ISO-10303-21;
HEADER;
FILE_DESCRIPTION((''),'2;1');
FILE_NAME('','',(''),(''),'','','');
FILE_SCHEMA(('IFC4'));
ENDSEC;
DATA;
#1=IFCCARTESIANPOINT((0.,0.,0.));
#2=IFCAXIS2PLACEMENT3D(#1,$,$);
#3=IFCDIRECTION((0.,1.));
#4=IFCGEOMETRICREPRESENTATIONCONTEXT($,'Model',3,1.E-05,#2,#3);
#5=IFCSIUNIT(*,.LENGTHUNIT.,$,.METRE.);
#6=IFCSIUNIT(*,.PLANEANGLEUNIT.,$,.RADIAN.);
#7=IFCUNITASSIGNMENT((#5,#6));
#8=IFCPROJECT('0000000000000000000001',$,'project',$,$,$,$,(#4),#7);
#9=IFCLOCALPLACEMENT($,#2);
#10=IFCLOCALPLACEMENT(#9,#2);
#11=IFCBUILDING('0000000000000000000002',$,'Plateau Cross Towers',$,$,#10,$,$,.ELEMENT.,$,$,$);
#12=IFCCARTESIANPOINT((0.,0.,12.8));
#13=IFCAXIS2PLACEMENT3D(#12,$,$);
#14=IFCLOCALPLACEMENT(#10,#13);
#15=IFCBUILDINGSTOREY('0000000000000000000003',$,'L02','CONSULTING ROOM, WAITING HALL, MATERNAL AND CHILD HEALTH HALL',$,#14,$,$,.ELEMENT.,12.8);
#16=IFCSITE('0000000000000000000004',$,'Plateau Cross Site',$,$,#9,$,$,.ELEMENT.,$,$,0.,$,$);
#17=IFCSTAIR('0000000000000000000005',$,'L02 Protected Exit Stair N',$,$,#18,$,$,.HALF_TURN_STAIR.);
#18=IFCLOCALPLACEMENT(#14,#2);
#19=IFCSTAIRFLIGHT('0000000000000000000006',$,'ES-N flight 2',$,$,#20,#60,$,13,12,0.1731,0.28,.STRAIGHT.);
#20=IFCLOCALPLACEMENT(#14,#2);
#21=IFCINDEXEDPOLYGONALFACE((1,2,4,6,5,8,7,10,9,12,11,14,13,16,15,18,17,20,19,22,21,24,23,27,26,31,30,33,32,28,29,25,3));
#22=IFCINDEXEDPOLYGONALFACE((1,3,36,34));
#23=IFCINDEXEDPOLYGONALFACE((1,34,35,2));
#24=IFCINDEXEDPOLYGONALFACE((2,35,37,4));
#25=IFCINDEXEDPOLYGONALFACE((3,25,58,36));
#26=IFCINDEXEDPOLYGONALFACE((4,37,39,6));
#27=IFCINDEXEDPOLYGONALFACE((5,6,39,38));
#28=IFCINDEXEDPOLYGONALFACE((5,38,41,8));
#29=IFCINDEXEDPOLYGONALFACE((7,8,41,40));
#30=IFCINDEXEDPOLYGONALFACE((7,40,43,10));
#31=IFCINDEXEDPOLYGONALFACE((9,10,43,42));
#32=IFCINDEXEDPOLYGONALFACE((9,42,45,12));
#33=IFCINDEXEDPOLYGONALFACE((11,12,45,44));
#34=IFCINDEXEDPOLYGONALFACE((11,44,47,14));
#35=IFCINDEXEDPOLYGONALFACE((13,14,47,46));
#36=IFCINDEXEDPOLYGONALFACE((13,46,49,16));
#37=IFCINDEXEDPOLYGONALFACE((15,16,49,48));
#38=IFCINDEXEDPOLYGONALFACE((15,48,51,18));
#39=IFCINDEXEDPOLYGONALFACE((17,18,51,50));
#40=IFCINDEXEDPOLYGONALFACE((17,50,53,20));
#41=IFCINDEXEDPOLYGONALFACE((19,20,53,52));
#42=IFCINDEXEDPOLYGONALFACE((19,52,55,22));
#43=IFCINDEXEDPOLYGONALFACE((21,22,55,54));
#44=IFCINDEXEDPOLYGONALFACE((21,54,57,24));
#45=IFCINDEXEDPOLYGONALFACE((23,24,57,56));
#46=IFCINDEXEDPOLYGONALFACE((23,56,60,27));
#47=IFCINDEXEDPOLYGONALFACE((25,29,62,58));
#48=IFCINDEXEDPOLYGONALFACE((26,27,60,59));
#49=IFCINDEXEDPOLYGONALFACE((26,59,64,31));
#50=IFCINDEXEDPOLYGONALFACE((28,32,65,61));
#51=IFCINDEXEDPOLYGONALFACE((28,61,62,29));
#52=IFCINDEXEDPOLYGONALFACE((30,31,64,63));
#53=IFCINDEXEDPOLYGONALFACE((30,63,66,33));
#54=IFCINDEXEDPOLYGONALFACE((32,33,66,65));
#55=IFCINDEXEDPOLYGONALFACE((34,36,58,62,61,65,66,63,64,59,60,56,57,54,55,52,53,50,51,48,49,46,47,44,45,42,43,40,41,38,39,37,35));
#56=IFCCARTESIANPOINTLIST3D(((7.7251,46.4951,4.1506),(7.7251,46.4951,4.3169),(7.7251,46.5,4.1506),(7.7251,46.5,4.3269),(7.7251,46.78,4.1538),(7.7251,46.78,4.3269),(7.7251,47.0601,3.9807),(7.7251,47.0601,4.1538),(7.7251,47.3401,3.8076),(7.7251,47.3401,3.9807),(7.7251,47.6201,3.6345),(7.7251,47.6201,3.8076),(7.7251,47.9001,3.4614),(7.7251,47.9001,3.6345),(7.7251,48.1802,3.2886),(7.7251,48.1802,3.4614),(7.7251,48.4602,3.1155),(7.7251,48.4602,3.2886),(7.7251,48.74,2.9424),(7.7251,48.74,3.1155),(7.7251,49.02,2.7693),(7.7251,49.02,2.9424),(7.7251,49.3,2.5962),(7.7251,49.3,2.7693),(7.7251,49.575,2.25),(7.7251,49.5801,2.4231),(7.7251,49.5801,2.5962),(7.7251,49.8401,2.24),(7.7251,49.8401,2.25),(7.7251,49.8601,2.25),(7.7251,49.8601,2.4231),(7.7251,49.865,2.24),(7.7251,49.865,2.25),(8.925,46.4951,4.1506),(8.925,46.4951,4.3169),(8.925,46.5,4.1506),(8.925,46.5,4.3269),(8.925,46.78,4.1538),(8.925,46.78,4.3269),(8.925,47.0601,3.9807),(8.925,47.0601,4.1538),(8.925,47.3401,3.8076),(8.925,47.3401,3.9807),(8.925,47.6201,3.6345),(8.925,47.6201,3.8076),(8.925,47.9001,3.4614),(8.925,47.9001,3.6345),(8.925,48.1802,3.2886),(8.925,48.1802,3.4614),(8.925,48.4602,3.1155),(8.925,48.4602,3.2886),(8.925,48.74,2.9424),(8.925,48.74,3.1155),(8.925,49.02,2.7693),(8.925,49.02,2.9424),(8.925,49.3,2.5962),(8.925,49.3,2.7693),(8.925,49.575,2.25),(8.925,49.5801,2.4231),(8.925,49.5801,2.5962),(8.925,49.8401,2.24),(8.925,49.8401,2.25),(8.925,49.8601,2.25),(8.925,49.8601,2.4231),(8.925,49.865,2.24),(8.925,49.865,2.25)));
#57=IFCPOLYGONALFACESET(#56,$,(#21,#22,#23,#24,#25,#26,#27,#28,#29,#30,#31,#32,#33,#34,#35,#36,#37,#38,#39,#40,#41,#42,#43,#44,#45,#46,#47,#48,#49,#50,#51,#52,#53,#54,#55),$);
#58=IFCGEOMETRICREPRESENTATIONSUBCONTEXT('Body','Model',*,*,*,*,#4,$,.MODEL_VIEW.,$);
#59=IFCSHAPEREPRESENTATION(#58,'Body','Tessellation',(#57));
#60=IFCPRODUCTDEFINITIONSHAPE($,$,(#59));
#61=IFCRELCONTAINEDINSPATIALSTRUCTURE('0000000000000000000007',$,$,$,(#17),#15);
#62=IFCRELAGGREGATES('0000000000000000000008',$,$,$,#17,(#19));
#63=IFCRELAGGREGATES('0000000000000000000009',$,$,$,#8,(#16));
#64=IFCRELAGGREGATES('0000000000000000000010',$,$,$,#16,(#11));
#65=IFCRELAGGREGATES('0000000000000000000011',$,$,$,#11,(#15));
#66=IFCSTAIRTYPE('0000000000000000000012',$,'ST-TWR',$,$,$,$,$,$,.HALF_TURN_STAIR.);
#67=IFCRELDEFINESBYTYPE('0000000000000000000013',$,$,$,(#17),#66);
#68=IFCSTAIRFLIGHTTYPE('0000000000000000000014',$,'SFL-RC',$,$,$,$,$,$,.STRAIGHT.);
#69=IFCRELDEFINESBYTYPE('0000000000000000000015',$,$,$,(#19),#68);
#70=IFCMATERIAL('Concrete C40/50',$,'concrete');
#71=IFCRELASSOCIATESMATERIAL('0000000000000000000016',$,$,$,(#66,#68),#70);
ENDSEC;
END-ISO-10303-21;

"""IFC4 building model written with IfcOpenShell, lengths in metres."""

from ifc_helpers import new_model, si_unit, direction, frame, origin, place, context, subcontext, project, spatial, polyline, outline, extrude, material, type_object, element, aggregate, save


model = new_model("IFC4")

# Units and contexts
model_context = context("Model", 3, precision=1e-05, world=origin(), true_north=direction((0.0, 1.0)))
body_context = subcontext(model_context, "Body", "Model", "MODEL_VIEW")
ifc_project = project(units=[si_unit("LENGTHUNIT", "METRE"), si_unit("PLANEANGLEUNIT", "RADIAN")], contexts=[model_context])

# Site, building, storey
site_placement = place(None, origin())
site = spatial("IfcSite", under=ifc_project, at=site_placement, Name="Plateau Cross Site", CompositionType="ELEMENT", RefElevation=0.0)
building_placement = place(site_placement, origin())
building = spatial("IfcBuilding", under=site, at=building_placement, Name="Plateau Cross Towers", CompositionType="ELEMENT")
storey_placement = place(building_placement, frame((0.0, 0.0, 12.8)))
storey = spatial("IfcBuildingStorey", under=building, at=storey_placement, Name="L02", Description="CONSULTING ROOM, WAITING HALL, MATERNAL AND CHILD HEALTH HALL", CompositionType="ELEMENT", Elevation=12.8)

# Stair, stair flight
ifc_material_1 = material(Name="Concrete C40/50", Category="concrete")
stair_type_1 = type_object("IfcStairType", Name="ST-TWR", PredefinedType="HALF_TURN_STAIR", material=ifc_material_1)
stair_1_placement = place(storey_placement, origin())
stair_1 = element("IfcStair", 1, at=stair_1_placement, inside=storey, type_object=stair_type_1, Name="L02 Protected Exit Stair N", PredefinedType="HALF_TURN_STAIR")
stair_flight_type_1 = type_object("IfcStairFlightType", Name="SFL-RC", PredefinedType="STRAIGHT", material=ifc_material_1)
stair_flight_1_placement = place(storey_placement, frame((8.325, 49.8601, 2.25), z_axis=(0.0, 0.0, 1.0), x_axis=(0.0, -1.0, 0.0)))
stair_flight_1 = element("IfcStairFlight", 2, at=stair_flight_1_placement, type_object=stair_flight_type_1, Name="ES-N flight 2", NumberOfRisers=13, NumberOfTreads=12, PredefinedType="STRAIGHT", RiserHeight=0.1731, TreadLength=0.28, context=body_context, shape_type="SweptSolid", body=[
    extrude(outline(polyline([(-0.0049, -0.01), (-0.0049, 0.0), (0.0, 0.0), (0.0, 0.1731), (0.28, 0.1731), (0.28, 0.3462), (0.5601, 0.3462), (0.5601, 0.5193), (0.8401, 0.5193), (0.8401, 0.6924), (1.1201, 0.6924), (1.1201, 0.8655), (1.3999, 0.8655), (1.3999, 1.0386), (1.6799, 1.0386), (1.6799, 1.2114), (1.96, 1.2114), (1.96, 1.3845), (2.24, 1.3845), (2.24, 1.5576), (2.52, 1.5576), (2.52, 1.7307), (2.8, 1.7307), (2.8, 1.9038), (3.0801, 1.9038), (3.0801, 2.0769), (3.3601, 2.0769), (3.365, 2.0669), (3.365, 1.9006), (3.3601, 1.9006), (0.2852, 0.0), (0.02, 0.0), (0.02, -0.01), (-0.0049, -0.01)])), frame((0.0, 0.6001, 0.0), z_axis=(0.0, -1.0, 0.0), x_axis=(1.0, 0.0, 0.0)), (0.0, 0.0, 1.0), 1.2),
])
aggregate(stair_1, [stair_flight_1])

save(model, "model.ifc")
